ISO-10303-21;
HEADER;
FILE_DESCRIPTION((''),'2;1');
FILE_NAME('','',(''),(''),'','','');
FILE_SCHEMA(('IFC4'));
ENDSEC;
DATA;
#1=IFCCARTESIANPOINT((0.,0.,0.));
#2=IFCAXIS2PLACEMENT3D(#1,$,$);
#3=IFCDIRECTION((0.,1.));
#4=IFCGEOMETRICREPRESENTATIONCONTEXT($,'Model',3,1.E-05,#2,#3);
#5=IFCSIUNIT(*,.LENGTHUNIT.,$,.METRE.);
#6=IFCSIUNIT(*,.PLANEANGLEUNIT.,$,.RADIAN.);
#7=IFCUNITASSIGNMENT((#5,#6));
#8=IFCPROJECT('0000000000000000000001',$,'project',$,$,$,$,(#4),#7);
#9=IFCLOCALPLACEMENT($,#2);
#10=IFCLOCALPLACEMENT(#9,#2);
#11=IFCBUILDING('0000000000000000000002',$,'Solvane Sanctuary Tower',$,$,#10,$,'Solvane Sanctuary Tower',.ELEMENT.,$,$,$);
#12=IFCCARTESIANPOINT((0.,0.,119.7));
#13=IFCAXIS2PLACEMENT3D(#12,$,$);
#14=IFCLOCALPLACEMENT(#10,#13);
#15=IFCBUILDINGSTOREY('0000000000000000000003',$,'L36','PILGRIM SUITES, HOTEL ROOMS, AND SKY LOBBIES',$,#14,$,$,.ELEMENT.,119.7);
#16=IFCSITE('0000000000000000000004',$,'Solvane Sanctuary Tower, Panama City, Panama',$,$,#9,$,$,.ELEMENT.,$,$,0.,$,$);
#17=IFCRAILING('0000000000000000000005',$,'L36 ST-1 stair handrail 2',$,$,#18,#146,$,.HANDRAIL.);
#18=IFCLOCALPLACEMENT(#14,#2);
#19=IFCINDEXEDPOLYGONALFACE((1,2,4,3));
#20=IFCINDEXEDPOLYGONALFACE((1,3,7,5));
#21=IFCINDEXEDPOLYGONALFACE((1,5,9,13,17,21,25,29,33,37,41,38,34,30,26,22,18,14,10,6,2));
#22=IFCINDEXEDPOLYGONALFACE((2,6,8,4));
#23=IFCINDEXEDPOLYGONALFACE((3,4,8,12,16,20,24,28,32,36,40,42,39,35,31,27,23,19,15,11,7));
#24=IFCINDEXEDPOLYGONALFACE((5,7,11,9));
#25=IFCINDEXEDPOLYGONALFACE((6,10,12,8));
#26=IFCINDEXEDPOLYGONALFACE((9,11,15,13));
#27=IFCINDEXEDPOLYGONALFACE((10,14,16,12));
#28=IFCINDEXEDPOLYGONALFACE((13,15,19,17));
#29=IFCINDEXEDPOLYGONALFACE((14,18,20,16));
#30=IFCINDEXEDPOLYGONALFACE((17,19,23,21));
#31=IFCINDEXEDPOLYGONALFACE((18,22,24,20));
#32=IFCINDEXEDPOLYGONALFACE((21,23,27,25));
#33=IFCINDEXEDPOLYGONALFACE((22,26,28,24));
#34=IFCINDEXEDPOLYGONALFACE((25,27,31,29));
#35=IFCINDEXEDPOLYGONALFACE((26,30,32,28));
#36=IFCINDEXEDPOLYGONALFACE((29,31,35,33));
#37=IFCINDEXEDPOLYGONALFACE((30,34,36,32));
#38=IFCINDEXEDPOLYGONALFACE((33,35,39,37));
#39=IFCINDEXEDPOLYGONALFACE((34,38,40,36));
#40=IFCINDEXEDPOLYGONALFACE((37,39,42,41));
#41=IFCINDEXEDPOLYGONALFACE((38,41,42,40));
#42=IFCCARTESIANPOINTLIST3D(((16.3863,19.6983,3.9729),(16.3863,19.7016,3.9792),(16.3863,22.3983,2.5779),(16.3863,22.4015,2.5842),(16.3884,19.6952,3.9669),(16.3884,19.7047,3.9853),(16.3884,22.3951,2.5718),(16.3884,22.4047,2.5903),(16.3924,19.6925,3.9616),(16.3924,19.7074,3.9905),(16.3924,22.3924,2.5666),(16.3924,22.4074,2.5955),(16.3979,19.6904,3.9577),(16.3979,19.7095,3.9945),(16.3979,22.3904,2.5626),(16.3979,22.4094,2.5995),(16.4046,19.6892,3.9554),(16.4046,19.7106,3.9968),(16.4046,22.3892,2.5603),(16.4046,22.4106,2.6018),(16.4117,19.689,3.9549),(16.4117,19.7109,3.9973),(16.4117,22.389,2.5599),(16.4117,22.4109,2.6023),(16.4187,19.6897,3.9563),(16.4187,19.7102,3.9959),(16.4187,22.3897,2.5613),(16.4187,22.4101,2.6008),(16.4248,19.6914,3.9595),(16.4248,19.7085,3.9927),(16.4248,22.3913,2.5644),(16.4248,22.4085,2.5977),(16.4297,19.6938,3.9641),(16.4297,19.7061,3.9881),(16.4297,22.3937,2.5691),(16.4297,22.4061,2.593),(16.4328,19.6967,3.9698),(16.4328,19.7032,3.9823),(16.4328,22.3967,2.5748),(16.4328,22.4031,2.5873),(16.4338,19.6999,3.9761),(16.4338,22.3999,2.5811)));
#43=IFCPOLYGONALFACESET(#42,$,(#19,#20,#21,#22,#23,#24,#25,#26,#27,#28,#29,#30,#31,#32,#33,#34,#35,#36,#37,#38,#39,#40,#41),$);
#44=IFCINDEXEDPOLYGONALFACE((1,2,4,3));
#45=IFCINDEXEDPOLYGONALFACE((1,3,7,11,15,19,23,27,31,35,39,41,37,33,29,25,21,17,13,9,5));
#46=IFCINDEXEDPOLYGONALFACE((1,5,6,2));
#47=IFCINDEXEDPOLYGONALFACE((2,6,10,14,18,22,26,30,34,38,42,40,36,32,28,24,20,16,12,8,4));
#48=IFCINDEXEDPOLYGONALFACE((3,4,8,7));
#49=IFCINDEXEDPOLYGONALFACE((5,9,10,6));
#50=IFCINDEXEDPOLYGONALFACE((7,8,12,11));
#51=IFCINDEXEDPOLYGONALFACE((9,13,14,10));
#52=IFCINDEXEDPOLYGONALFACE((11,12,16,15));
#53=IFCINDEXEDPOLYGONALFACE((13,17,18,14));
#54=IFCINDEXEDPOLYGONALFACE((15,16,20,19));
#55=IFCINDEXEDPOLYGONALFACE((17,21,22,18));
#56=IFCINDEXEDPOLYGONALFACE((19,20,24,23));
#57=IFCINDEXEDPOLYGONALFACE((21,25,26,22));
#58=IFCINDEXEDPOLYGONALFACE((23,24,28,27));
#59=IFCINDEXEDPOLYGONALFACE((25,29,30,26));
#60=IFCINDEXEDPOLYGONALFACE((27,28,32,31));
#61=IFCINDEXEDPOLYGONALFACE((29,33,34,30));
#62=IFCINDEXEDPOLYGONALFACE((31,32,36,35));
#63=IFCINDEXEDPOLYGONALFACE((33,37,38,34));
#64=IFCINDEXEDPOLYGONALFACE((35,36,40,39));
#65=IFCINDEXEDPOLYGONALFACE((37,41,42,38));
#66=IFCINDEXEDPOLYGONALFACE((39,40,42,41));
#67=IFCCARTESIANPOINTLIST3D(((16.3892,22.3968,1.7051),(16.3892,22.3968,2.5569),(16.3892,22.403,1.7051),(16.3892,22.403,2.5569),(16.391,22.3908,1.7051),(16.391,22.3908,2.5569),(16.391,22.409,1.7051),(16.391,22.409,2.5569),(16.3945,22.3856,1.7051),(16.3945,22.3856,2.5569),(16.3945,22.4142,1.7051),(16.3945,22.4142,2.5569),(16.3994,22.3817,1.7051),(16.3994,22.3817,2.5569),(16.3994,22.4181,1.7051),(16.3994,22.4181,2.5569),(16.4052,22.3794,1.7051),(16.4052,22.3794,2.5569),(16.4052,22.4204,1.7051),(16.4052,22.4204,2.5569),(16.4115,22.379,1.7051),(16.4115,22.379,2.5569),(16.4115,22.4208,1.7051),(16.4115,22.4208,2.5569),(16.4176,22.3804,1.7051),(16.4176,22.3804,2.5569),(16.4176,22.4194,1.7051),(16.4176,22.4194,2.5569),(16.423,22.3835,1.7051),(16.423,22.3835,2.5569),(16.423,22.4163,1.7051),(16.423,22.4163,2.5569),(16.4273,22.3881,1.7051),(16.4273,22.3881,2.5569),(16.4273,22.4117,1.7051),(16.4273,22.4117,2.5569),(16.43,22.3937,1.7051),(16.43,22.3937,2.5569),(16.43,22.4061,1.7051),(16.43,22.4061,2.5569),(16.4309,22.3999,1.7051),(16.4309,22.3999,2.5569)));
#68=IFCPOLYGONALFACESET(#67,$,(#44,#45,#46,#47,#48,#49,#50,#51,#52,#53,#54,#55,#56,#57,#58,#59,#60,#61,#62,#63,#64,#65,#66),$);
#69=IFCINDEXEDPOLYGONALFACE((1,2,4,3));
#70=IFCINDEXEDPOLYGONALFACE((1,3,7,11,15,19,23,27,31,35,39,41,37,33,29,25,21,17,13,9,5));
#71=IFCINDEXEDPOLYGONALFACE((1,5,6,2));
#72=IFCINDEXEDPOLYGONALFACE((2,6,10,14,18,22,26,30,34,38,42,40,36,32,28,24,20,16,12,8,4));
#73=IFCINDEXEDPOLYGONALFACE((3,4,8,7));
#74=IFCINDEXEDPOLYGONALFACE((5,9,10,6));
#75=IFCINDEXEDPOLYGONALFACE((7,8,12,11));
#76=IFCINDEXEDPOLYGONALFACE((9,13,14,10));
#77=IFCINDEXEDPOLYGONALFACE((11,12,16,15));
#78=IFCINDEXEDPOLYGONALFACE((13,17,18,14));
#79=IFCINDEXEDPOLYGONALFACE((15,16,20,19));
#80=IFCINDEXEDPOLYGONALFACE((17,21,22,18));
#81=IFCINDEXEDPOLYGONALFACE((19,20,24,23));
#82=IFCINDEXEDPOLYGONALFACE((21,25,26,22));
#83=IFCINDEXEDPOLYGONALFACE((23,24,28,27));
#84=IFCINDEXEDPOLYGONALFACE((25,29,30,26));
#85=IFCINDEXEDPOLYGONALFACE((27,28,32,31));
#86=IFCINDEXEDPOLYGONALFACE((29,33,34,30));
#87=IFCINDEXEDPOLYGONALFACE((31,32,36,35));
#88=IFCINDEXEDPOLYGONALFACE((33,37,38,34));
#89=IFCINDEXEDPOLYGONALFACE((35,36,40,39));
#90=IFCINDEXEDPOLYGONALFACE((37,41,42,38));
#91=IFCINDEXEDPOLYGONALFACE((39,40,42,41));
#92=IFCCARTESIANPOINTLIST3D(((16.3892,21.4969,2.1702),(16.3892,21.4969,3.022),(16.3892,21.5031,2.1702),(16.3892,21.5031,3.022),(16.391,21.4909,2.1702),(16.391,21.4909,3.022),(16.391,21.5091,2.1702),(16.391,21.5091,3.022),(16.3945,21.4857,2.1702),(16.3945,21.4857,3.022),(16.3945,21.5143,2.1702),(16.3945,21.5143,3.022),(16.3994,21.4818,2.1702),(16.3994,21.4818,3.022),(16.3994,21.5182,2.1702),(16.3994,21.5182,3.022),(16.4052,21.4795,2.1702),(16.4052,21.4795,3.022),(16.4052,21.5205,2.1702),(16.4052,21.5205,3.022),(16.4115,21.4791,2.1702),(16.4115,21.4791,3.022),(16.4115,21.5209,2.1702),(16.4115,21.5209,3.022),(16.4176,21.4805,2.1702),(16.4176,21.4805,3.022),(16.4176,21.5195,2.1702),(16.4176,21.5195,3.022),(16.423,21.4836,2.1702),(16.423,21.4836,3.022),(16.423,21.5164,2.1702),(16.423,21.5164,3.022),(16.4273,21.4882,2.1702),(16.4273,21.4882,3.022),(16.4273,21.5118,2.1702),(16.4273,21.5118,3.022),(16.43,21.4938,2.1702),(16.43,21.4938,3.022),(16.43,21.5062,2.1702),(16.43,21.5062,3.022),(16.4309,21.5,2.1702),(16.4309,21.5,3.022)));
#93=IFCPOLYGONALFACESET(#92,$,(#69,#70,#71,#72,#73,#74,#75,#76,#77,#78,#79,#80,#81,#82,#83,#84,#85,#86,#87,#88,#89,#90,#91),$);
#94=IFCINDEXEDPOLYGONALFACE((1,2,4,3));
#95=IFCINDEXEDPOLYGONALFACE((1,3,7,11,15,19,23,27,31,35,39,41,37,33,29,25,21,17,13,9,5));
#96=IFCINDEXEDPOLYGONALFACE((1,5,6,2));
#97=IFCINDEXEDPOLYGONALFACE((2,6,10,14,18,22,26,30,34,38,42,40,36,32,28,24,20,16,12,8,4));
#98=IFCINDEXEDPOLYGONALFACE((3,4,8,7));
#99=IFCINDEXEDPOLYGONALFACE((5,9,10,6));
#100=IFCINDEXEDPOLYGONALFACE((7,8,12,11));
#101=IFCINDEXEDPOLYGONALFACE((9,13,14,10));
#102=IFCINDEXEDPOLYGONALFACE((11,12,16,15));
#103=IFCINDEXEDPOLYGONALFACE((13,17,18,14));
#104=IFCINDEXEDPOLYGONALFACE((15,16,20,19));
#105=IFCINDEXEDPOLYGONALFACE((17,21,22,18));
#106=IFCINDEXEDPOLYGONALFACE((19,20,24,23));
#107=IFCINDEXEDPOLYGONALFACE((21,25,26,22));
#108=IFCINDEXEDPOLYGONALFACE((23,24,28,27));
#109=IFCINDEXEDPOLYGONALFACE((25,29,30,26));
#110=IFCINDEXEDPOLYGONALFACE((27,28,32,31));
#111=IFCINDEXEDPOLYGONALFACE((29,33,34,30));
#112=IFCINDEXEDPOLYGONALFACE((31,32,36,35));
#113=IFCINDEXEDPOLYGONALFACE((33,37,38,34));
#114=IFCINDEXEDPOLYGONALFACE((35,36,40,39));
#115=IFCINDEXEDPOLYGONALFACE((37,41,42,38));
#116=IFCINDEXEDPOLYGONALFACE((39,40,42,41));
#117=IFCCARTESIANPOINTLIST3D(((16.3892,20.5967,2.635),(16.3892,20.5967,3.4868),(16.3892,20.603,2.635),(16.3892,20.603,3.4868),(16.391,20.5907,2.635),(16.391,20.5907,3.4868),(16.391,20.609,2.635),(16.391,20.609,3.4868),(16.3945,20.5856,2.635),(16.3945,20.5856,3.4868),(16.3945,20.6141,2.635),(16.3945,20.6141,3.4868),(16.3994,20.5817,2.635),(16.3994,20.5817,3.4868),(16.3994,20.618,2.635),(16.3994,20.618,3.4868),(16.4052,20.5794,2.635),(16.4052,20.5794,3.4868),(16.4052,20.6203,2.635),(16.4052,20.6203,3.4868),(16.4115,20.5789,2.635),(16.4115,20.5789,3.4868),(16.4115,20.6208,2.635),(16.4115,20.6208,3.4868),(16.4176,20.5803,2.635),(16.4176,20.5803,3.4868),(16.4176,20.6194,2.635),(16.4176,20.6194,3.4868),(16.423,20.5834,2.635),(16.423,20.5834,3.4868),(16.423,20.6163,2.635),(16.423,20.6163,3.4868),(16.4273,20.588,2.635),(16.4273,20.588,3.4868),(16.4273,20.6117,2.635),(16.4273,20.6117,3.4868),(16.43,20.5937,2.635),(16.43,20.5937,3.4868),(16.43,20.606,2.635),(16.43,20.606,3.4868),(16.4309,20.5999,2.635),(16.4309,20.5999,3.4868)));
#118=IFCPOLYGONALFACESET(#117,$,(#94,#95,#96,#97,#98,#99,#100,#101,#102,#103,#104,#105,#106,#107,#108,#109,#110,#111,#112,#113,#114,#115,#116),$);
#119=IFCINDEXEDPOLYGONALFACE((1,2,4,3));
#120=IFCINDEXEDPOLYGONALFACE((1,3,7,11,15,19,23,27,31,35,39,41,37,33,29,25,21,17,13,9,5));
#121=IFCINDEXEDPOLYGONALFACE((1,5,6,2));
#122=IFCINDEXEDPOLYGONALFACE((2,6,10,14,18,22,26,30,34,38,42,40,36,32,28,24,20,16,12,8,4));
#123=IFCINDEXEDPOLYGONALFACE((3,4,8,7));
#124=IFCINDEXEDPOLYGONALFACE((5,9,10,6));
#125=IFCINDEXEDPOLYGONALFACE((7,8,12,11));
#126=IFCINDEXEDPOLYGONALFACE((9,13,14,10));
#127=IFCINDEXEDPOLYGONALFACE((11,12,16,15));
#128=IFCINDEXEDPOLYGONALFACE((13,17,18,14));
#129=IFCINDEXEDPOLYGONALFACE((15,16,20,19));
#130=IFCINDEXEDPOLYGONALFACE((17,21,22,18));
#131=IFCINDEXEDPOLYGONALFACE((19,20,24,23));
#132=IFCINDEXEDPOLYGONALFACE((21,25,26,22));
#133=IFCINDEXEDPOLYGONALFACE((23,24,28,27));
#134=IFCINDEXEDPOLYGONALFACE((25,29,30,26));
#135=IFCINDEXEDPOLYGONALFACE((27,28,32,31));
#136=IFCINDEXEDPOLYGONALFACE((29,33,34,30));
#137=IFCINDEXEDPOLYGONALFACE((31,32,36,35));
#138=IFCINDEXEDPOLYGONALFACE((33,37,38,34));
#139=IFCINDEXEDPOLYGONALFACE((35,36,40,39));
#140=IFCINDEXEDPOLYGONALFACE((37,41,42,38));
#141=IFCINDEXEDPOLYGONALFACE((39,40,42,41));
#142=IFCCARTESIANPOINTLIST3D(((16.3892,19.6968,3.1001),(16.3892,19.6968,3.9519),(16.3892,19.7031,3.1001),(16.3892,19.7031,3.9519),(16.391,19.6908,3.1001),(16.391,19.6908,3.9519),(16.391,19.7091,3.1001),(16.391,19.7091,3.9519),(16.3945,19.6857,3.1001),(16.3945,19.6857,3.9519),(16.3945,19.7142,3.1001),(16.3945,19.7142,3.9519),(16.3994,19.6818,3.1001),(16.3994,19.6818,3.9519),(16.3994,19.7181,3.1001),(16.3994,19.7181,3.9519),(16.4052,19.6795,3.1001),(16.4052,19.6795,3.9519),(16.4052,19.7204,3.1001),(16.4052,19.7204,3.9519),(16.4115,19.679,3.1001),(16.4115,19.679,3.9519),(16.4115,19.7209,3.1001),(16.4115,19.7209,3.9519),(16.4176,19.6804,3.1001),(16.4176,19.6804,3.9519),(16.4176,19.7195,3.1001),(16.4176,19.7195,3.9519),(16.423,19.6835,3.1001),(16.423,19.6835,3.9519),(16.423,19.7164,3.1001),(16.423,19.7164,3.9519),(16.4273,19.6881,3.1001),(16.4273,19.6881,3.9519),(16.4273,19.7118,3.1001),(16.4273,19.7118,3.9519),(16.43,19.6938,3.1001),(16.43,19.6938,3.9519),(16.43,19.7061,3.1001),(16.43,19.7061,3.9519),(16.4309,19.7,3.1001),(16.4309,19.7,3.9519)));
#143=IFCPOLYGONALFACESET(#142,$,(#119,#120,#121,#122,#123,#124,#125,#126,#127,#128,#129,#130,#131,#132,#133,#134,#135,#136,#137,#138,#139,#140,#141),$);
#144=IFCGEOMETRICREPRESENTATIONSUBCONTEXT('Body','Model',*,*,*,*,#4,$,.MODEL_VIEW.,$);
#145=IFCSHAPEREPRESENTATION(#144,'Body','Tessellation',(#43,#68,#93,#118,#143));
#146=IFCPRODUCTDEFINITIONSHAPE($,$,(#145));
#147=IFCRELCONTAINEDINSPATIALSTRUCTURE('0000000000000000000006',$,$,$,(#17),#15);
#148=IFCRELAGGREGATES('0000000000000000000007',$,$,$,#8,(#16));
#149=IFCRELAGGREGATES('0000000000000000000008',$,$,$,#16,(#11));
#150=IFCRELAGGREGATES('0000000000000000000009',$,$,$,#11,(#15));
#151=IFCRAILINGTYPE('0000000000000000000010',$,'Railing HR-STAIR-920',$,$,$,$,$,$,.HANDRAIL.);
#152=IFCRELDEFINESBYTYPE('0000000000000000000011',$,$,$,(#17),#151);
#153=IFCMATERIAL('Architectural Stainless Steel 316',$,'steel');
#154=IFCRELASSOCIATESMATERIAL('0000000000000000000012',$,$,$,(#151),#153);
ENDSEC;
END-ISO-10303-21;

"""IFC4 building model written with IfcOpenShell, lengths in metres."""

from ifc_helpers import new_model, si_unit, direction, frame, origin, origin_2d, place, context, subcontext, project, spatial, circle, extrude, material, type_object, element, save


model = new_model("IFC4")

# Units and contexts
model_context = context("Model", 3, precision=1e-05, world=origin(), true_north=direction((0.0, 1.0)))
body_context = subcontext(model_context, "Body", "Model", "MODEL_VIEW")
ifc_project = project(units=[si_unit("LENGTHUNIT", "METRE"), si_unit("PLANEANGLEUNIT", "RADIAN")], contexts=[model_context])

# Site, building, storey
site_placement = place(None, origin())
site = spatial("IfcSite", under=ifc_project, at=site_placement, Name="Solvane Sanctuary Tower, Panama City, Panama", CompositionType="ELEMENT", RefElevation=0.0)
building_placement = place(site_placement, origin())
building = spatial("IfcBuilding", under=site, at=building_placement, Name="Solvane Sanctuary Tower", LongName="Solvane Sanctuary Tower", CompositionType="ELEMENT")
storey_placement = place(building_placement, frame((0.0, 0.0, 119.7)))
storey = spatial("IfcBuildingStorey", under=building, at=storey_placement, Name="L36", Description="PILGRIM SUITES, HOTEL ROOMS, AND SKY LOBBIES", CompositionType="ELEMENT", Elevation=119.7)

# Shared definitions
ifc_material_1 = material(Name="Architectural Stainless Steel 316", Category="steel")

# Railing
railing_type_1 = type_object("IfcRailingType", Name="Railing HR-STAIR-920", PredefinedType="HANDRAIL", material=ifc_material_1)
railing_1_placement = place(storey_placement, frame((16.4099, 22.3999, 1.7051)))
element("IfcRailing", 1, at=railing_1_placement, inside=storey, type_object=railing_type_1, Name="L36 ST-1 stair handrail 2", PredefinedType="HANDRAIL", context=body_context, shape_type="SweptSolid", body=[
    extrude(circle(Radius=0.0239, at=origin_2d()), frame((0.0, 0.0, 0.876), z_axis=(0.0, -0.88842, 0.459032), x_axis=(1.0, 0.0, 0.0)), (0.0, 0.0, 1.0), 3.0391),
    extrude(circle(Radius=0.021, at=origin_2d()), origin(), (0.0, 0.0, 1.0), 0.8518),
    extrude(circle(Radius=0.021, at=origin_2d()), frame((0.0, -0.8999, 0.4651)), (0.0, 0.0, 1.0), 0.8518),
    extrude(circle(Radius=0.021, at=origin_2d()), frame((0.0, -1.8, 0.9299)), (0.0, 0.0, 1.0), 0.8518),
    extrude(circle(Radius=0.021, at=origin_2d()), frame((0.0, -2.7, 1.395)), (0.0, 0.0, 1.0), 0.8518),
])

save(model, "model.ifc")
